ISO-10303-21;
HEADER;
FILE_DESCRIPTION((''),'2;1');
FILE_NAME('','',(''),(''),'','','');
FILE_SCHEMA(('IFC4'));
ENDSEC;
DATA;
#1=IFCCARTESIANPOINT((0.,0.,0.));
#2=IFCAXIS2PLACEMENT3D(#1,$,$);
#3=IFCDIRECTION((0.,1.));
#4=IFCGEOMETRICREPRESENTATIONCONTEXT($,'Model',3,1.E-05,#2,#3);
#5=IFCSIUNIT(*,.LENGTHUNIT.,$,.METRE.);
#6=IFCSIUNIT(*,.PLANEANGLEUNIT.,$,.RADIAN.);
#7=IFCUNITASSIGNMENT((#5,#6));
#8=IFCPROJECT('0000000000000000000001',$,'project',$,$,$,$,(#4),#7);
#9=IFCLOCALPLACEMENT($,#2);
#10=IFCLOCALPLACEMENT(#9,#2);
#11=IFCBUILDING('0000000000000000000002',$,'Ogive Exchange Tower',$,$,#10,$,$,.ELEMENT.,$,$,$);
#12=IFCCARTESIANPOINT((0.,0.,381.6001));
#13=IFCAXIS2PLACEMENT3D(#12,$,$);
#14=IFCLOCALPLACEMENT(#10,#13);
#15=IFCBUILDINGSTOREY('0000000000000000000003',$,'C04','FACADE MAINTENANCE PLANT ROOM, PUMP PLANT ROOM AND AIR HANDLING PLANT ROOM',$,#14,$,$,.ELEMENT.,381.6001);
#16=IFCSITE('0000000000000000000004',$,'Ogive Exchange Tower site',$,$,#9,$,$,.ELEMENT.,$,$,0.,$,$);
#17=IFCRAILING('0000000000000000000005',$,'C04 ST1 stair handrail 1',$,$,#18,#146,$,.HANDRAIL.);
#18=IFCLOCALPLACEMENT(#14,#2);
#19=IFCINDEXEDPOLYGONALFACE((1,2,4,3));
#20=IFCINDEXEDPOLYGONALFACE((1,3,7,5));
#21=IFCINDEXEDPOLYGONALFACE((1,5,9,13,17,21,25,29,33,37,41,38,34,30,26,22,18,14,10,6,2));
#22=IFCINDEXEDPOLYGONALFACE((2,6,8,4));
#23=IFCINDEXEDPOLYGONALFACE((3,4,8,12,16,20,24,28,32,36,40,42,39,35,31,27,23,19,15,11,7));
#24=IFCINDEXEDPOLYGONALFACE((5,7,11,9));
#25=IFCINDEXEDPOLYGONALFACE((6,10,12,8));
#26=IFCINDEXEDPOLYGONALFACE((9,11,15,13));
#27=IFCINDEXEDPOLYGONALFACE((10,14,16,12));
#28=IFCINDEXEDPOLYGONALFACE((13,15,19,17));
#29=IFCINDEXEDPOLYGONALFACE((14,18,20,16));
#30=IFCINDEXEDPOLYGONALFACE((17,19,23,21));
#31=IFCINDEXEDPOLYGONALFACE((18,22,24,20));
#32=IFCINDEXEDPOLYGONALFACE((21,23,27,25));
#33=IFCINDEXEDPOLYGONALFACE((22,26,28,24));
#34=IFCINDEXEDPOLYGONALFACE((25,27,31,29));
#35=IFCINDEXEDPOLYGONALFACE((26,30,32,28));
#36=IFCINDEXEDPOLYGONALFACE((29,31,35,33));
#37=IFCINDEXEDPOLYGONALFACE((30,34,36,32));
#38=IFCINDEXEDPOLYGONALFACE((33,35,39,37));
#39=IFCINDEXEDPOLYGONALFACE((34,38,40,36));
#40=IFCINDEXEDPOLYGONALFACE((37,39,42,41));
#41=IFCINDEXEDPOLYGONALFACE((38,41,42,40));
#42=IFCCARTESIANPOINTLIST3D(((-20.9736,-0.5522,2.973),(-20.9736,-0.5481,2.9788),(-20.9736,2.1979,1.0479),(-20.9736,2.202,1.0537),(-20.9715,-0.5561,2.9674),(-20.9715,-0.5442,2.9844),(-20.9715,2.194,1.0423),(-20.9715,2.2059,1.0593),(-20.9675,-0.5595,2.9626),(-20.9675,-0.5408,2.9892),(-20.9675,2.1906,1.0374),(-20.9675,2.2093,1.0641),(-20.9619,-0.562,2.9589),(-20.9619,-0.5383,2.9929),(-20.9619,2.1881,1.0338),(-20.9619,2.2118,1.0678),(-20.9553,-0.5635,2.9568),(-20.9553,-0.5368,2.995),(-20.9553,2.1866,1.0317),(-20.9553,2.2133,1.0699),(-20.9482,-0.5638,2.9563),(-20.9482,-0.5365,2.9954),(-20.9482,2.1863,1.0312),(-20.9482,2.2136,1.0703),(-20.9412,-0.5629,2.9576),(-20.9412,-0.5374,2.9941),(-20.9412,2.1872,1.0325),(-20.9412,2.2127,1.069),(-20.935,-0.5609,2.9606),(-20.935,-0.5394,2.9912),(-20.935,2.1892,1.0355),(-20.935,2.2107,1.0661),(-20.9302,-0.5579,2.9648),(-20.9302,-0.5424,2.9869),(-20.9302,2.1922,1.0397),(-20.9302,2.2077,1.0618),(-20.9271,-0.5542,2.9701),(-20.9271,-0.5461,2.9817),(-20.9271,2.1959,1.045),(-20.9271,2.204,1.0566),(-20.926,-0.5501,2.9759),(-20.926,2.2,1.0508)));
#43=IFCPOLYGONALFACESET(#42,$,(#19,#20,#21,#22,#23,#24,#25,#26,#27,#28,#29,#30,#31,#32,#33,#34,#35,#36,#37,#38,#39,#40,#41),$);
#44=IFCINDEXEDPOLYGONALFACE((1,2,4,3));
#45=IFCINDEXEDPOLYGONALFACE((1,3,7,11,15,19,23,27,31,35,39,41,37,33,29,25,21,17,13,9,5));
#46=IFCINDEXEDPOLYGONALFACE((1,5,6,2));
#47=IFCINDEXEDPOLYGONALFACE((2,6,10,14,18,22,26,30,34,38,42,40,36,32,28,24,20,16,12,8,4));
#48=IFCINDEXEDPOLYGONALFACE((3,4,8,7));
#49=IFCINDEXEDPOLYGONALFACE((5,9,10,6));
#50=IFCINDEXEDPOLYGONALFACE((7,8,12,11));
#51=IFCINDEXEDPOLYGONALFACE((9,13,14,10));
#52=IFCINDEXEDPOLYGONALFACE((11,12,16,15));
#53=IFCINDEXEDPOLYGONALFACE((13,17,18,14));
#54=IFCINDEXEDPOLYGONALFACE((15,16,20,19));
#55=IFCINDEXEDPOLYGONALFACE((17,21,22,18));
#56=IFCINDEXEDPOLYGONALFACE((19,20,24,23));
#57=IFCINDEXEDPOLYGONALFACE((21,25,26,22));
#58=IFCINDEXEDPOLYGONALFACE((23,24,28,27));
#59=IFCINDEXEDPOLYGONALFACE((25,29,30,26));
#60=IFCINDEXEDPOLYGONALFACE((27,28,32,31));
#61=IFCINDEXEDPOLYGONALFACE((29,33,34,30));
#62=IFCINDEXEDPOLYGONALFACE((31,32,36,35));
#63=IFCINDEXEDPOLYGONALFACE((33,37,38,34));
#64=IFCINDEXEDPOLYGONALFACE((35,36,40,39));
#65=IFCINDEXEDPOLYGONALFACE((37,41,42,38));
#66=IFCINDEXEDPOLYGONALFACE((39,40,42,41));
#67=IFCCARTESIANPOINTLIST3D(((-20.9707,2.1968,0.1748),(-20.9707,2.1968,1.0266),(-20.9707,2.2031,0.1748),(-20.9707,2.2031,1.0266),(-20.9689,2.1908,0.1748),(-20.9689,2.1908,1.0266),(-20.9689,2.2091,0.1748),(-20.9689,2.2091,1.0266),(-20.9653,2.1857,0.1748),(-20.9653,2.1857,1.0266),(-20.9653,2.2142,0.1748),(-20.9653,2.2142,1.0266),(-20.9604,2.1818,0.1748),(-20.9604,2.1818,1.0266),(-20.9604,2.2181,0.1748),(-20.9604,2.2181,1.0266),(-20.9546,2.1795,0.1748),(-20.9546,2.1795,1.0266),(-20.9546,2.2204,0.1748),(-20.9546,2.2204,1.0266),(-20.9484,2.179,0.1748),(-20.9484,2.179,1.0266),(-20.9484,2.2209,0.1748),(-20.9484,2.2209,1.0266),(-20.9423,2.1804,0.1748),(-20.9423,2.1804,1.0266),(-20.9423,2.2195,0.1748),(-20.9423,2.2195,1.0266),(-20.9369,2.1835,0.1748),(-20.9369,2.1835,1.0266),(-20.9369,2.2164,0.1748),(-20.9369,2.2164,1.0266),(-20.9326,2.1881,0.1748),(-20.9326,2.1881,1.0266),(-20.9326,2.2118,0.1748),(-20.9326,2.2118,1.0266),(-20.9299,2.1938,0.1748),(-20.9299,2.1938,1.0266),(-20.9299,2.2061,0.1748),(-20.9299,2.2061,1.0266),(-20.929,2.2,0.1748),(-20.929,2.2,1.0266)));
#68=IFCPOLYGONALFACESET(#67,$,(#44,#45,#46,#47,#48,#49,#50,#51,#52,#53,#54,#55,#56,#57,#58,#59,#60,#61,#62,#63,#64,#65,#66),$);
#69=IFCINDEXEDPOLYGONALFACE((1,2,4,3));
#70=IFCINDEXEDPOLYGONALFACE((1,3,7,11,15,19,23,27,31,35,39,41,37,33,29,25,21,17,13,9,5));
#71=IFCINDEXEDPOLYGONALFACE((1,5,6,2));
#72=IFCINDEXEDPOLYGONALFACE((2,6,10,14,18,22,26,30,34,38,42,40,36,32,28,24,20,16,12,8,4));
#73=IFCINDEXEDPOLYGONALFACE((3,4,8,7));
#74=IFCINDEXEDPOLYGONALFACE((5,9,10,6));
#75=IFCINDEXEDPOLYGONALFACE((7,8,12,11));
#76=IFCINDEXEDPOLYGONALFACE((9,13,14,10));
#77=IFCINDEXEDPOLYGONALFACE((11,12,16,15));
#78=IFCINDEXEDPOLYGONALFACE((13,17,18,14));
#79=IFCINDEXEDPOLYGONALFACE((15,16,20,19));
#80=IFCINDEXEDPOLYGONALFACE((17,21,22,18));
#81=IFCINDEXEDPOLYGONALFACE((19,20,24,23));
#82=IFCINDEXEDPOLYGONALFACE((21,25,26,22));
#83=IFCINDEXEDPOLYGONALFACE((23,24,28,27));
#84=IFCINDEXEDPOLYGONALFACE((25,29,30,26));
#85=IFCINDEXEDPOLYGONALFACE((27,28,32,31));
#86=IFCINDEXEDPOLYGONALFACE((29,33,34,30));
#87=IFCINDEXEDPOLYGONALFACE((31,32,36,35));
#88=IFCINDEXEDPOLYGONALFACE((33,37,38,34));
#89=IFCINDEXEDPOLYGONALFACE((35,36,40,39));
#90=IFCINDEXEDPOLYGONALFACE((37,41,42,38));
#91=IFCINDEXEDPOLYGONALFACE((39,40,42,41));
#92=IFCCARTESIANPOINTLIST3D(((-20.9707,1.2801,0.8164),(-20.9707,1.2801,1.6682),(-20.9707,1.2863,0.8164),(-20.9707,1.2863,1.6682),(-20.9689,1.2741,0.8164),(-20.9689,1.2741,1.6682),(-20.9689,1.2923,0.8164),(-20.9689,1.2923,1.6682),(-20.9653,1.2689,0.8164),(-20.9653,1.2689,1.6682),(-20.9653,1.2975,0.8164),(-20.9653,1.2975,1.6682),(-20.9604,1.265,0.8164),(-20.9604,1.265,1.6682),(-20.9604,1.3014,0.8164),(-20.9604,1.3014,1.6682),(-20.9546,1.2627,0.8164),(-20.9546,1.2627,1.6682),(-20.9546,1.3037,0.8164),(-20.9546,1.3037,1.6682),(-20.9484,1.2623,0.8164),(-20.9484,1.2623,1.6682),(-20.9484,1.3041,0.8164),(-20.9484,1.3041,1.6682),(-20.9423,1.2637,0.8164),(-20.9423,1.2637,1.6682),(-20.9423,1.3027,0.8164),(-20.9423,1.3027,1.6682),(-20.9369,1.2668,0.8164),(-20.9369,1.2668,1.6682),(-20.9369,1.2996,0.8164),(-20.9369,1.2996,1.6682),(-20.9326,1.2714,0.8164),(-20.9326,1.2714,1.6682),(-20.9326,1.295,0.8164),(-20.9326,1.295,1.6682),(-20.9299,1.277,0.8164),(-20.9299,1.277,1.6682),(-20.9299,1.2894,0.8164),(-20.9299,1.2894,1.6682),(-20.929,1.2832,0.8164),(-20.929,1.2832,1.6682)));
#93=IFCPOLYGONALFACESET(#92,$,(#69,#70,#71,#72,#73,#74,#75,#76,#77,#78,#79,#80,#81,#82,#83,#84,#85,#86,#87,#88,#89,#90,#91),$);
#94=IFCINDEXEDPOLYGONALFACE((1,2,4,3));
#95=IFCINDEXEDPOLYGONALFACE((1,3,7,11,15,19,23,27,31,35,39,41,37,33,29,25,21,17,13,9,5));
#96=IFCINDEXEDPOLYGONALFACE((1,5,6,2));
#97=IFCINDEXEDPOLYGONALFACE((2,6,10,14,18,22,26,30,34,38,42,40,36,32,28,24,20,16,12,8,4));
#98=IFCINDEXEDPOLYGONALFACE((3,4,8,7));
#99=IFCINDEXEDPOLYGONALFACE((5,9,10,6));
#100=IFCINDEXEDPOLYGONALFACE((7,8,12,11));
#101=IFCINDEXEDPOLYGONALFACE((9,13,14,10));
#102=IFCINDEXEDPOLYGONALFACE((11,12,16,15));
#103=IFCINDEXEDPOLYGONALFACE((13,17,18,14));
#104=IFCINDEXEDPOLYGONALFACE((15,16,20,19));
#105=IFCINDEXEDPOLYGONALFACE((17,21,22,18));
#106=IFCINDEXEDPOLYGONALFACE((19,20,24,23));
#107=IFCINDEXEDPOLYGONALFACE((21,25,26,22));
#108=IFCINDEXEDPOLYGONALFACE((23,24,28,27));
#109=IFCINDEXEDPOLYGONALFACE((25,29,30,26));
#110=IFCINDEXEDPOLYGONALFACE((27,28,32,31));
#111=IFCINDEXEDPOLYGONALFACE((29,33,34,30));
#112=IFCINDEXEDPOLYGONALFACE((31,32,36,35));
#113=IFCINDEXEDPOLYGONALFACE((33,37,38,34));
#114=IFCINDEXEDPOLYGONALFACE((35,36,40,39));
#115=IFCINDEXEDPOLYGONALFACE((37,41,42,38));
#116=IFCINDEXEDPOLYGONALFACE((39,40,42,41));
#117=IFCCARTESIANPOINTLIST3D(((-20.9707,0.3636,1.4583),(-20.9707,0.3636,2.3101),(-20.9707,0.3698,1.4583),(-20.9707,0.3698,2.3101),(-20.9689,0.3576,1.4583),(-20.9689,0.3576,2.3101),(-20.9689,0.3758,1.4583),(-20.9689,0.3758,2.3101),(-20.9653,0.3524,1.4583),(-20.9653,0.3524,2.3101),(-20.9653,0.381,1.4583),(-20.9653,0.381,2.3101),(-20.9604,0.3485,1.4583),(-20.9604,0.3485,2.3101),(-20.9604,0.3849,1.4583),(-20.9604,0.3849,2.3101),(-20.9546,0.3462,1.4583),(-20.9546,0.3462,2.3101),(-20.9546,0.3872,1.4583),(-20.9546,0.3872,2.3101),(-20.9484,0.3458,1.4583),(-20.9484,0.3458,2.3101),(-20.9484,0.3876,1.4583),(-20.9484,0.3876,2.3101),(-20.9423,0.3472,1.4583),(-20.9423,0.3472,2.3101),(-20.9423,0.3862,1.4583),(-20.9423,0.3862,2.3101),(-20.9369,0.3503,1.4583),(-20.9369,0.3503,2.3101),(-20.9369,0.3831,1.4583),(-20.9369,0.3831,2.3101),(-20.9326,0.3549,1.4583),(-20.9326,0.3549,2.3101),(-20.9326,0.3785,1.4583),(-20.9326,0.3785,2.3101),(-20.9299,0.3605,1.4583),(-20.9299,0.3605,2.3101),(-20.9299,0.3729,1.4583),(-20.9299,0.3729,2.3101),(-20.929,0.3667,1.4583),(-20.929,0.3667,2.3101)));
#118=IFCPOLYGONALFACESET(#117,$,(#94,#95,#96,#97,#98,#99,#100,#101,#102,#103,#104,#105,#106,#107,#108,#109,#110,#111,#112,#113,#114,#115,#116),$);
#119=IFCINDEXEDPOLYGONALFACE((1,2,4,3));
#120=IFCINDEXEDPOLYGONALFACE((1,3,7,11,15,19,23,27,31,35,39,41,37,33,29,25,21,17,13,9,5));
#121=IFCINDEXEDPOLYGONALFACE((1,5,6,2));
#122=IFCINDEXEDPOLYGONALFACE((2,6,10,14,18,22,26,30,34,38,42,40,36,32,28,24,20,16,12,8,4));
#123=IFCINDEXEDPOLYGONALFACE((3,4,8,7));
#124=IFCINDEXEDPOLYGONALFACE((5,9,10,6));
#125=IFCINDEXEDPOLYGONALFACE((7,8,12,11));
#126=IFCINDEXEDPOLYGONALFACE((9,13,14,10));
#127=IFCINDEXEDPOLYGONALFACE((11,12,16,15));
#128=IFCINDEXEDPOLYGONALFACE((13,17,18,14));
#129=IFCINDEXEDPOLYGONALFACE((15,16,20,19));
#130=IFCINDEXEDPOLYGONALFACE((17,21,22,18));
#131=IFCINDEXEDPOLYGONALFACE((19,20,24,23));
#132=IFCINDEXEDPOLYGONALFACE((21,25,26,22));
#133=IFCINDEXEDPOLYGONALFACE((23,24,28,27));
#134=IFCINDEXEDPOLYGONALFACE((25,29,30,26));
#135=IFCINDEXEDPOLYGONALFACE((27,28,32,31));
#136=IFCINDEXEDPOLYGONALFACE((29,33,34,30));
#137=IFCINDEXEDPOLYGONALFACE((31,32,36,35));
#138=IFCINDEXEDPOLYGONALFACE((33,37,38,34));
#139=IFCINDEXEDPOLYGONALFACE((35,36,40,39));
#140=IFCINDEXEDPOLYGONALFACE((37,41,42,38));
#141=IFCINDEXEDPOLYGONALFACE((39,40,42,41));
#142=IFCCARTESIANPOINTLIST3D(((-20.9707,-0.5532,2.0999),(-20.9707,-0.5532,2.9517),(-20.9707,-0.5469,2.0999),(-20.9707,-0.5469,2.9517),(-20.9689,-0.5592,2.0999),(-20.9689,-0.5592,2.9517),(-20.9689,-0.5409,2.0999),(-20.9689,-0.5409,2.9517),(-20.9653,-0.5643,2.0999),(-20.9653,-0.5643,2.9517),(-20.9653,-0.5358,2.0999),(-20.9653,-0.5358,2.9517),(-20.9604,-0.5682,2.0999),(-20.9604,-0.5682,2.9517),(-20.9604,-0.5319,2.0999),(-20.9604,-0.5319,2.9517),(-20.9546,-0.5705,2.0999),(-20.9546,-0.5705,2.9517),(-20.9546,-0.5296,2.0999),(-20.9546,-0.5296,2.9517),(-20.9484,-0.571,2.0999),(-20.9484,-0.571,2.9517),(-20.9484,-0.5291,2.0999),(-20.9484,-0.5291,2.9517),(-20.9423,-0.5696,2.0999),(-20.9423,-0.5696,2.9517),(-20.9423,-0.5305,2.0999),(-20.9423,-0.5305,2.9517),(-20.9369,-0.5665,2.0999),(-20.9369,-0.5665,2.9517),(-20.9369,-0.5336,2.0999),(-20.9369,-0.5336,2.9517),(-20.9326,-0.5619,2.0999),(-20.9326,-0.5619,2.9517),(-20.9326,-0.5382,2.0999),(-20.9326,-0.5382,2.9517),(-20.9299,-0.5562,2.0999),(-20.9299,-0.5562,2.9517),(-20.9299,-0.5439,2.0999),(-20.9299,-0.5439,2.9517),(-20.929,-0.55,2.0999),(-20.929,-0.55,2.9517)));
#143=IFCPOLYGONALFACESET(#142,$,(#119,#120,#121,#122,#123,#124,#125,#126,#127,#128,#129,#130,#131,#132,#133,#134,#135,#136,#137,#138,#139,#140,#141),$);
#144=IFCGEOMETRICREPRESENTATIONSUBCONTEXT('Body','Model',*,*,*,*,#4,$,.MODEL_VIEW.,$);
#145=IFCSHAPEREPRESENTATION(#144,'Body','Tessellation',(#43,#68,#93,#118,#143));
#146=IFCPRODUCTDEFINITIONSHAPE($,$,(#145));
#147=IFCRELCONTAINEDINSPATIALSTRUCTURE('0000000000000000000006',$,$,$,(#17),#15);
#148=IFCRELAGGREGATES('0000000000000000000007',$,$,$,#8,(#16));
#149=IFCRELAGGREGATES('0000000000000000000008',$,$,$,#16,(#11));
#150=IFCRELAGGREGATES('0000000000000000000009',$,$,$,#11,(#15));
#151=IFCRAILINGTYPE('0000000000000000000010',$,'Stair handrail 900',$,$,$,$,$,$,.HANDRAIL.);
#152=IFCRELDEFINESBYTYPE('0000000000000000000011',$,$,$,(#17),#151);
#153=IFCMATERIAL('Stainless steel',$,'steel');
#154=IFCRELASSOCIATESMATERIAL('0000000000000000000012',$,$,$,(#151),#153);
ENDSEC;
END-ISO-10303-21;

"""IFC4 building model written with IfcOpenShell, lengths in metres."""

from ifc_helpers import new_model, si_unit, direction, frame, origin, origin_2d, place, context, subcontext, project, spatial, circle, extrude, material, type_object, element, save


model = new_model("IFC4")

# Units and contexts
model_context = context("Model", 3, precision=1e-05, world=origin(), true_north=direction((0.0, 1.0)))
body_context = subcontext(model_context, "Body", "Model", "MODEL_VIEW")
ifc_project = project(units=[si_unit("LENGTHUNIT", "METRE"), si_unit("PLANEANGLEUNIT", "RADIAN")], contexts=[model_context])

# Site, building, storey
site_placement = place(None, origin())
site = spatial("IfcSite", under=ifc_project, at=site_placement, Name="Ogive Exchange Tower site", CompositionType="ELEMENT", RefElevation=0.0)
building_placement = place(site_placement, origin())
building = spatial("IfcBuilding", under=site, at=building_placement, Name="Ogive Exchange Tower", CompositionType="ELEMENT")
storey_placement = place(building_placement, frame((0.0, 0.0, 381.6001)))
storey = spatial("IfcBuildingStorey", under=building, at=storey_placement, Name="C04", Description="FACADE MAINTENANCE PLANT ROOM, PUMP PLANT ROOM AND AIR HANDLING PLANT ROOM", CompositionType="ELEMENT", Elevation=381.6001)

# Railing
ifc_material_1 = material(Name="Stainless steel", Category="steel")
railing_type = type_object("IfcRailingType", Name="Stair handrail 900", PredefinedType="HANDRAIL", material=ifc_material_1)
railing_placement = place(storey_placement, frame((-20.95, 2.2, 0.1748)))
element("IfcRailing", 1, at=railing_placement, inside=storey, type_object=railing_type, Name="C04 ST1 stair handrail 1", PredefinedType="HANDRAIL", context=body_context, shape_type="SweptSolid", body=[
    extrude(circle(Radius=0.0239, at=origin_2d()), frame((0.0, 0.0, 0.876), z_axis=(0.0, -0.819225, 0.573472), x_axis=(1.0, 0.0, 0.0)), (0.0, 0.0, 1.0), 3.3569),
    extrude(circle(Radius=0.021, at=origin_2d()), origin(), (0.0, 0.0, 1.0), 0.8518),
    extrude(circle(Radius=0.021, at=origin_2d()), frame((0.0, -0.9167, 0.6416)), (0.0, 0.0, 1.0), 0.8518),
    extrude(circle(Radius=0.021, at=origin_2d()), frame((0.0, -1.8333, 1.2834)), (0.0, 0.0, 1.0), 0.8518),
    extrude(circle(Radius=0.021, at=origin_2d()), frame((0.0, -2.75, 1.925)), (0.0, 0.0, 1.0), 0.8518),
])

save(model, "model.ifc")
